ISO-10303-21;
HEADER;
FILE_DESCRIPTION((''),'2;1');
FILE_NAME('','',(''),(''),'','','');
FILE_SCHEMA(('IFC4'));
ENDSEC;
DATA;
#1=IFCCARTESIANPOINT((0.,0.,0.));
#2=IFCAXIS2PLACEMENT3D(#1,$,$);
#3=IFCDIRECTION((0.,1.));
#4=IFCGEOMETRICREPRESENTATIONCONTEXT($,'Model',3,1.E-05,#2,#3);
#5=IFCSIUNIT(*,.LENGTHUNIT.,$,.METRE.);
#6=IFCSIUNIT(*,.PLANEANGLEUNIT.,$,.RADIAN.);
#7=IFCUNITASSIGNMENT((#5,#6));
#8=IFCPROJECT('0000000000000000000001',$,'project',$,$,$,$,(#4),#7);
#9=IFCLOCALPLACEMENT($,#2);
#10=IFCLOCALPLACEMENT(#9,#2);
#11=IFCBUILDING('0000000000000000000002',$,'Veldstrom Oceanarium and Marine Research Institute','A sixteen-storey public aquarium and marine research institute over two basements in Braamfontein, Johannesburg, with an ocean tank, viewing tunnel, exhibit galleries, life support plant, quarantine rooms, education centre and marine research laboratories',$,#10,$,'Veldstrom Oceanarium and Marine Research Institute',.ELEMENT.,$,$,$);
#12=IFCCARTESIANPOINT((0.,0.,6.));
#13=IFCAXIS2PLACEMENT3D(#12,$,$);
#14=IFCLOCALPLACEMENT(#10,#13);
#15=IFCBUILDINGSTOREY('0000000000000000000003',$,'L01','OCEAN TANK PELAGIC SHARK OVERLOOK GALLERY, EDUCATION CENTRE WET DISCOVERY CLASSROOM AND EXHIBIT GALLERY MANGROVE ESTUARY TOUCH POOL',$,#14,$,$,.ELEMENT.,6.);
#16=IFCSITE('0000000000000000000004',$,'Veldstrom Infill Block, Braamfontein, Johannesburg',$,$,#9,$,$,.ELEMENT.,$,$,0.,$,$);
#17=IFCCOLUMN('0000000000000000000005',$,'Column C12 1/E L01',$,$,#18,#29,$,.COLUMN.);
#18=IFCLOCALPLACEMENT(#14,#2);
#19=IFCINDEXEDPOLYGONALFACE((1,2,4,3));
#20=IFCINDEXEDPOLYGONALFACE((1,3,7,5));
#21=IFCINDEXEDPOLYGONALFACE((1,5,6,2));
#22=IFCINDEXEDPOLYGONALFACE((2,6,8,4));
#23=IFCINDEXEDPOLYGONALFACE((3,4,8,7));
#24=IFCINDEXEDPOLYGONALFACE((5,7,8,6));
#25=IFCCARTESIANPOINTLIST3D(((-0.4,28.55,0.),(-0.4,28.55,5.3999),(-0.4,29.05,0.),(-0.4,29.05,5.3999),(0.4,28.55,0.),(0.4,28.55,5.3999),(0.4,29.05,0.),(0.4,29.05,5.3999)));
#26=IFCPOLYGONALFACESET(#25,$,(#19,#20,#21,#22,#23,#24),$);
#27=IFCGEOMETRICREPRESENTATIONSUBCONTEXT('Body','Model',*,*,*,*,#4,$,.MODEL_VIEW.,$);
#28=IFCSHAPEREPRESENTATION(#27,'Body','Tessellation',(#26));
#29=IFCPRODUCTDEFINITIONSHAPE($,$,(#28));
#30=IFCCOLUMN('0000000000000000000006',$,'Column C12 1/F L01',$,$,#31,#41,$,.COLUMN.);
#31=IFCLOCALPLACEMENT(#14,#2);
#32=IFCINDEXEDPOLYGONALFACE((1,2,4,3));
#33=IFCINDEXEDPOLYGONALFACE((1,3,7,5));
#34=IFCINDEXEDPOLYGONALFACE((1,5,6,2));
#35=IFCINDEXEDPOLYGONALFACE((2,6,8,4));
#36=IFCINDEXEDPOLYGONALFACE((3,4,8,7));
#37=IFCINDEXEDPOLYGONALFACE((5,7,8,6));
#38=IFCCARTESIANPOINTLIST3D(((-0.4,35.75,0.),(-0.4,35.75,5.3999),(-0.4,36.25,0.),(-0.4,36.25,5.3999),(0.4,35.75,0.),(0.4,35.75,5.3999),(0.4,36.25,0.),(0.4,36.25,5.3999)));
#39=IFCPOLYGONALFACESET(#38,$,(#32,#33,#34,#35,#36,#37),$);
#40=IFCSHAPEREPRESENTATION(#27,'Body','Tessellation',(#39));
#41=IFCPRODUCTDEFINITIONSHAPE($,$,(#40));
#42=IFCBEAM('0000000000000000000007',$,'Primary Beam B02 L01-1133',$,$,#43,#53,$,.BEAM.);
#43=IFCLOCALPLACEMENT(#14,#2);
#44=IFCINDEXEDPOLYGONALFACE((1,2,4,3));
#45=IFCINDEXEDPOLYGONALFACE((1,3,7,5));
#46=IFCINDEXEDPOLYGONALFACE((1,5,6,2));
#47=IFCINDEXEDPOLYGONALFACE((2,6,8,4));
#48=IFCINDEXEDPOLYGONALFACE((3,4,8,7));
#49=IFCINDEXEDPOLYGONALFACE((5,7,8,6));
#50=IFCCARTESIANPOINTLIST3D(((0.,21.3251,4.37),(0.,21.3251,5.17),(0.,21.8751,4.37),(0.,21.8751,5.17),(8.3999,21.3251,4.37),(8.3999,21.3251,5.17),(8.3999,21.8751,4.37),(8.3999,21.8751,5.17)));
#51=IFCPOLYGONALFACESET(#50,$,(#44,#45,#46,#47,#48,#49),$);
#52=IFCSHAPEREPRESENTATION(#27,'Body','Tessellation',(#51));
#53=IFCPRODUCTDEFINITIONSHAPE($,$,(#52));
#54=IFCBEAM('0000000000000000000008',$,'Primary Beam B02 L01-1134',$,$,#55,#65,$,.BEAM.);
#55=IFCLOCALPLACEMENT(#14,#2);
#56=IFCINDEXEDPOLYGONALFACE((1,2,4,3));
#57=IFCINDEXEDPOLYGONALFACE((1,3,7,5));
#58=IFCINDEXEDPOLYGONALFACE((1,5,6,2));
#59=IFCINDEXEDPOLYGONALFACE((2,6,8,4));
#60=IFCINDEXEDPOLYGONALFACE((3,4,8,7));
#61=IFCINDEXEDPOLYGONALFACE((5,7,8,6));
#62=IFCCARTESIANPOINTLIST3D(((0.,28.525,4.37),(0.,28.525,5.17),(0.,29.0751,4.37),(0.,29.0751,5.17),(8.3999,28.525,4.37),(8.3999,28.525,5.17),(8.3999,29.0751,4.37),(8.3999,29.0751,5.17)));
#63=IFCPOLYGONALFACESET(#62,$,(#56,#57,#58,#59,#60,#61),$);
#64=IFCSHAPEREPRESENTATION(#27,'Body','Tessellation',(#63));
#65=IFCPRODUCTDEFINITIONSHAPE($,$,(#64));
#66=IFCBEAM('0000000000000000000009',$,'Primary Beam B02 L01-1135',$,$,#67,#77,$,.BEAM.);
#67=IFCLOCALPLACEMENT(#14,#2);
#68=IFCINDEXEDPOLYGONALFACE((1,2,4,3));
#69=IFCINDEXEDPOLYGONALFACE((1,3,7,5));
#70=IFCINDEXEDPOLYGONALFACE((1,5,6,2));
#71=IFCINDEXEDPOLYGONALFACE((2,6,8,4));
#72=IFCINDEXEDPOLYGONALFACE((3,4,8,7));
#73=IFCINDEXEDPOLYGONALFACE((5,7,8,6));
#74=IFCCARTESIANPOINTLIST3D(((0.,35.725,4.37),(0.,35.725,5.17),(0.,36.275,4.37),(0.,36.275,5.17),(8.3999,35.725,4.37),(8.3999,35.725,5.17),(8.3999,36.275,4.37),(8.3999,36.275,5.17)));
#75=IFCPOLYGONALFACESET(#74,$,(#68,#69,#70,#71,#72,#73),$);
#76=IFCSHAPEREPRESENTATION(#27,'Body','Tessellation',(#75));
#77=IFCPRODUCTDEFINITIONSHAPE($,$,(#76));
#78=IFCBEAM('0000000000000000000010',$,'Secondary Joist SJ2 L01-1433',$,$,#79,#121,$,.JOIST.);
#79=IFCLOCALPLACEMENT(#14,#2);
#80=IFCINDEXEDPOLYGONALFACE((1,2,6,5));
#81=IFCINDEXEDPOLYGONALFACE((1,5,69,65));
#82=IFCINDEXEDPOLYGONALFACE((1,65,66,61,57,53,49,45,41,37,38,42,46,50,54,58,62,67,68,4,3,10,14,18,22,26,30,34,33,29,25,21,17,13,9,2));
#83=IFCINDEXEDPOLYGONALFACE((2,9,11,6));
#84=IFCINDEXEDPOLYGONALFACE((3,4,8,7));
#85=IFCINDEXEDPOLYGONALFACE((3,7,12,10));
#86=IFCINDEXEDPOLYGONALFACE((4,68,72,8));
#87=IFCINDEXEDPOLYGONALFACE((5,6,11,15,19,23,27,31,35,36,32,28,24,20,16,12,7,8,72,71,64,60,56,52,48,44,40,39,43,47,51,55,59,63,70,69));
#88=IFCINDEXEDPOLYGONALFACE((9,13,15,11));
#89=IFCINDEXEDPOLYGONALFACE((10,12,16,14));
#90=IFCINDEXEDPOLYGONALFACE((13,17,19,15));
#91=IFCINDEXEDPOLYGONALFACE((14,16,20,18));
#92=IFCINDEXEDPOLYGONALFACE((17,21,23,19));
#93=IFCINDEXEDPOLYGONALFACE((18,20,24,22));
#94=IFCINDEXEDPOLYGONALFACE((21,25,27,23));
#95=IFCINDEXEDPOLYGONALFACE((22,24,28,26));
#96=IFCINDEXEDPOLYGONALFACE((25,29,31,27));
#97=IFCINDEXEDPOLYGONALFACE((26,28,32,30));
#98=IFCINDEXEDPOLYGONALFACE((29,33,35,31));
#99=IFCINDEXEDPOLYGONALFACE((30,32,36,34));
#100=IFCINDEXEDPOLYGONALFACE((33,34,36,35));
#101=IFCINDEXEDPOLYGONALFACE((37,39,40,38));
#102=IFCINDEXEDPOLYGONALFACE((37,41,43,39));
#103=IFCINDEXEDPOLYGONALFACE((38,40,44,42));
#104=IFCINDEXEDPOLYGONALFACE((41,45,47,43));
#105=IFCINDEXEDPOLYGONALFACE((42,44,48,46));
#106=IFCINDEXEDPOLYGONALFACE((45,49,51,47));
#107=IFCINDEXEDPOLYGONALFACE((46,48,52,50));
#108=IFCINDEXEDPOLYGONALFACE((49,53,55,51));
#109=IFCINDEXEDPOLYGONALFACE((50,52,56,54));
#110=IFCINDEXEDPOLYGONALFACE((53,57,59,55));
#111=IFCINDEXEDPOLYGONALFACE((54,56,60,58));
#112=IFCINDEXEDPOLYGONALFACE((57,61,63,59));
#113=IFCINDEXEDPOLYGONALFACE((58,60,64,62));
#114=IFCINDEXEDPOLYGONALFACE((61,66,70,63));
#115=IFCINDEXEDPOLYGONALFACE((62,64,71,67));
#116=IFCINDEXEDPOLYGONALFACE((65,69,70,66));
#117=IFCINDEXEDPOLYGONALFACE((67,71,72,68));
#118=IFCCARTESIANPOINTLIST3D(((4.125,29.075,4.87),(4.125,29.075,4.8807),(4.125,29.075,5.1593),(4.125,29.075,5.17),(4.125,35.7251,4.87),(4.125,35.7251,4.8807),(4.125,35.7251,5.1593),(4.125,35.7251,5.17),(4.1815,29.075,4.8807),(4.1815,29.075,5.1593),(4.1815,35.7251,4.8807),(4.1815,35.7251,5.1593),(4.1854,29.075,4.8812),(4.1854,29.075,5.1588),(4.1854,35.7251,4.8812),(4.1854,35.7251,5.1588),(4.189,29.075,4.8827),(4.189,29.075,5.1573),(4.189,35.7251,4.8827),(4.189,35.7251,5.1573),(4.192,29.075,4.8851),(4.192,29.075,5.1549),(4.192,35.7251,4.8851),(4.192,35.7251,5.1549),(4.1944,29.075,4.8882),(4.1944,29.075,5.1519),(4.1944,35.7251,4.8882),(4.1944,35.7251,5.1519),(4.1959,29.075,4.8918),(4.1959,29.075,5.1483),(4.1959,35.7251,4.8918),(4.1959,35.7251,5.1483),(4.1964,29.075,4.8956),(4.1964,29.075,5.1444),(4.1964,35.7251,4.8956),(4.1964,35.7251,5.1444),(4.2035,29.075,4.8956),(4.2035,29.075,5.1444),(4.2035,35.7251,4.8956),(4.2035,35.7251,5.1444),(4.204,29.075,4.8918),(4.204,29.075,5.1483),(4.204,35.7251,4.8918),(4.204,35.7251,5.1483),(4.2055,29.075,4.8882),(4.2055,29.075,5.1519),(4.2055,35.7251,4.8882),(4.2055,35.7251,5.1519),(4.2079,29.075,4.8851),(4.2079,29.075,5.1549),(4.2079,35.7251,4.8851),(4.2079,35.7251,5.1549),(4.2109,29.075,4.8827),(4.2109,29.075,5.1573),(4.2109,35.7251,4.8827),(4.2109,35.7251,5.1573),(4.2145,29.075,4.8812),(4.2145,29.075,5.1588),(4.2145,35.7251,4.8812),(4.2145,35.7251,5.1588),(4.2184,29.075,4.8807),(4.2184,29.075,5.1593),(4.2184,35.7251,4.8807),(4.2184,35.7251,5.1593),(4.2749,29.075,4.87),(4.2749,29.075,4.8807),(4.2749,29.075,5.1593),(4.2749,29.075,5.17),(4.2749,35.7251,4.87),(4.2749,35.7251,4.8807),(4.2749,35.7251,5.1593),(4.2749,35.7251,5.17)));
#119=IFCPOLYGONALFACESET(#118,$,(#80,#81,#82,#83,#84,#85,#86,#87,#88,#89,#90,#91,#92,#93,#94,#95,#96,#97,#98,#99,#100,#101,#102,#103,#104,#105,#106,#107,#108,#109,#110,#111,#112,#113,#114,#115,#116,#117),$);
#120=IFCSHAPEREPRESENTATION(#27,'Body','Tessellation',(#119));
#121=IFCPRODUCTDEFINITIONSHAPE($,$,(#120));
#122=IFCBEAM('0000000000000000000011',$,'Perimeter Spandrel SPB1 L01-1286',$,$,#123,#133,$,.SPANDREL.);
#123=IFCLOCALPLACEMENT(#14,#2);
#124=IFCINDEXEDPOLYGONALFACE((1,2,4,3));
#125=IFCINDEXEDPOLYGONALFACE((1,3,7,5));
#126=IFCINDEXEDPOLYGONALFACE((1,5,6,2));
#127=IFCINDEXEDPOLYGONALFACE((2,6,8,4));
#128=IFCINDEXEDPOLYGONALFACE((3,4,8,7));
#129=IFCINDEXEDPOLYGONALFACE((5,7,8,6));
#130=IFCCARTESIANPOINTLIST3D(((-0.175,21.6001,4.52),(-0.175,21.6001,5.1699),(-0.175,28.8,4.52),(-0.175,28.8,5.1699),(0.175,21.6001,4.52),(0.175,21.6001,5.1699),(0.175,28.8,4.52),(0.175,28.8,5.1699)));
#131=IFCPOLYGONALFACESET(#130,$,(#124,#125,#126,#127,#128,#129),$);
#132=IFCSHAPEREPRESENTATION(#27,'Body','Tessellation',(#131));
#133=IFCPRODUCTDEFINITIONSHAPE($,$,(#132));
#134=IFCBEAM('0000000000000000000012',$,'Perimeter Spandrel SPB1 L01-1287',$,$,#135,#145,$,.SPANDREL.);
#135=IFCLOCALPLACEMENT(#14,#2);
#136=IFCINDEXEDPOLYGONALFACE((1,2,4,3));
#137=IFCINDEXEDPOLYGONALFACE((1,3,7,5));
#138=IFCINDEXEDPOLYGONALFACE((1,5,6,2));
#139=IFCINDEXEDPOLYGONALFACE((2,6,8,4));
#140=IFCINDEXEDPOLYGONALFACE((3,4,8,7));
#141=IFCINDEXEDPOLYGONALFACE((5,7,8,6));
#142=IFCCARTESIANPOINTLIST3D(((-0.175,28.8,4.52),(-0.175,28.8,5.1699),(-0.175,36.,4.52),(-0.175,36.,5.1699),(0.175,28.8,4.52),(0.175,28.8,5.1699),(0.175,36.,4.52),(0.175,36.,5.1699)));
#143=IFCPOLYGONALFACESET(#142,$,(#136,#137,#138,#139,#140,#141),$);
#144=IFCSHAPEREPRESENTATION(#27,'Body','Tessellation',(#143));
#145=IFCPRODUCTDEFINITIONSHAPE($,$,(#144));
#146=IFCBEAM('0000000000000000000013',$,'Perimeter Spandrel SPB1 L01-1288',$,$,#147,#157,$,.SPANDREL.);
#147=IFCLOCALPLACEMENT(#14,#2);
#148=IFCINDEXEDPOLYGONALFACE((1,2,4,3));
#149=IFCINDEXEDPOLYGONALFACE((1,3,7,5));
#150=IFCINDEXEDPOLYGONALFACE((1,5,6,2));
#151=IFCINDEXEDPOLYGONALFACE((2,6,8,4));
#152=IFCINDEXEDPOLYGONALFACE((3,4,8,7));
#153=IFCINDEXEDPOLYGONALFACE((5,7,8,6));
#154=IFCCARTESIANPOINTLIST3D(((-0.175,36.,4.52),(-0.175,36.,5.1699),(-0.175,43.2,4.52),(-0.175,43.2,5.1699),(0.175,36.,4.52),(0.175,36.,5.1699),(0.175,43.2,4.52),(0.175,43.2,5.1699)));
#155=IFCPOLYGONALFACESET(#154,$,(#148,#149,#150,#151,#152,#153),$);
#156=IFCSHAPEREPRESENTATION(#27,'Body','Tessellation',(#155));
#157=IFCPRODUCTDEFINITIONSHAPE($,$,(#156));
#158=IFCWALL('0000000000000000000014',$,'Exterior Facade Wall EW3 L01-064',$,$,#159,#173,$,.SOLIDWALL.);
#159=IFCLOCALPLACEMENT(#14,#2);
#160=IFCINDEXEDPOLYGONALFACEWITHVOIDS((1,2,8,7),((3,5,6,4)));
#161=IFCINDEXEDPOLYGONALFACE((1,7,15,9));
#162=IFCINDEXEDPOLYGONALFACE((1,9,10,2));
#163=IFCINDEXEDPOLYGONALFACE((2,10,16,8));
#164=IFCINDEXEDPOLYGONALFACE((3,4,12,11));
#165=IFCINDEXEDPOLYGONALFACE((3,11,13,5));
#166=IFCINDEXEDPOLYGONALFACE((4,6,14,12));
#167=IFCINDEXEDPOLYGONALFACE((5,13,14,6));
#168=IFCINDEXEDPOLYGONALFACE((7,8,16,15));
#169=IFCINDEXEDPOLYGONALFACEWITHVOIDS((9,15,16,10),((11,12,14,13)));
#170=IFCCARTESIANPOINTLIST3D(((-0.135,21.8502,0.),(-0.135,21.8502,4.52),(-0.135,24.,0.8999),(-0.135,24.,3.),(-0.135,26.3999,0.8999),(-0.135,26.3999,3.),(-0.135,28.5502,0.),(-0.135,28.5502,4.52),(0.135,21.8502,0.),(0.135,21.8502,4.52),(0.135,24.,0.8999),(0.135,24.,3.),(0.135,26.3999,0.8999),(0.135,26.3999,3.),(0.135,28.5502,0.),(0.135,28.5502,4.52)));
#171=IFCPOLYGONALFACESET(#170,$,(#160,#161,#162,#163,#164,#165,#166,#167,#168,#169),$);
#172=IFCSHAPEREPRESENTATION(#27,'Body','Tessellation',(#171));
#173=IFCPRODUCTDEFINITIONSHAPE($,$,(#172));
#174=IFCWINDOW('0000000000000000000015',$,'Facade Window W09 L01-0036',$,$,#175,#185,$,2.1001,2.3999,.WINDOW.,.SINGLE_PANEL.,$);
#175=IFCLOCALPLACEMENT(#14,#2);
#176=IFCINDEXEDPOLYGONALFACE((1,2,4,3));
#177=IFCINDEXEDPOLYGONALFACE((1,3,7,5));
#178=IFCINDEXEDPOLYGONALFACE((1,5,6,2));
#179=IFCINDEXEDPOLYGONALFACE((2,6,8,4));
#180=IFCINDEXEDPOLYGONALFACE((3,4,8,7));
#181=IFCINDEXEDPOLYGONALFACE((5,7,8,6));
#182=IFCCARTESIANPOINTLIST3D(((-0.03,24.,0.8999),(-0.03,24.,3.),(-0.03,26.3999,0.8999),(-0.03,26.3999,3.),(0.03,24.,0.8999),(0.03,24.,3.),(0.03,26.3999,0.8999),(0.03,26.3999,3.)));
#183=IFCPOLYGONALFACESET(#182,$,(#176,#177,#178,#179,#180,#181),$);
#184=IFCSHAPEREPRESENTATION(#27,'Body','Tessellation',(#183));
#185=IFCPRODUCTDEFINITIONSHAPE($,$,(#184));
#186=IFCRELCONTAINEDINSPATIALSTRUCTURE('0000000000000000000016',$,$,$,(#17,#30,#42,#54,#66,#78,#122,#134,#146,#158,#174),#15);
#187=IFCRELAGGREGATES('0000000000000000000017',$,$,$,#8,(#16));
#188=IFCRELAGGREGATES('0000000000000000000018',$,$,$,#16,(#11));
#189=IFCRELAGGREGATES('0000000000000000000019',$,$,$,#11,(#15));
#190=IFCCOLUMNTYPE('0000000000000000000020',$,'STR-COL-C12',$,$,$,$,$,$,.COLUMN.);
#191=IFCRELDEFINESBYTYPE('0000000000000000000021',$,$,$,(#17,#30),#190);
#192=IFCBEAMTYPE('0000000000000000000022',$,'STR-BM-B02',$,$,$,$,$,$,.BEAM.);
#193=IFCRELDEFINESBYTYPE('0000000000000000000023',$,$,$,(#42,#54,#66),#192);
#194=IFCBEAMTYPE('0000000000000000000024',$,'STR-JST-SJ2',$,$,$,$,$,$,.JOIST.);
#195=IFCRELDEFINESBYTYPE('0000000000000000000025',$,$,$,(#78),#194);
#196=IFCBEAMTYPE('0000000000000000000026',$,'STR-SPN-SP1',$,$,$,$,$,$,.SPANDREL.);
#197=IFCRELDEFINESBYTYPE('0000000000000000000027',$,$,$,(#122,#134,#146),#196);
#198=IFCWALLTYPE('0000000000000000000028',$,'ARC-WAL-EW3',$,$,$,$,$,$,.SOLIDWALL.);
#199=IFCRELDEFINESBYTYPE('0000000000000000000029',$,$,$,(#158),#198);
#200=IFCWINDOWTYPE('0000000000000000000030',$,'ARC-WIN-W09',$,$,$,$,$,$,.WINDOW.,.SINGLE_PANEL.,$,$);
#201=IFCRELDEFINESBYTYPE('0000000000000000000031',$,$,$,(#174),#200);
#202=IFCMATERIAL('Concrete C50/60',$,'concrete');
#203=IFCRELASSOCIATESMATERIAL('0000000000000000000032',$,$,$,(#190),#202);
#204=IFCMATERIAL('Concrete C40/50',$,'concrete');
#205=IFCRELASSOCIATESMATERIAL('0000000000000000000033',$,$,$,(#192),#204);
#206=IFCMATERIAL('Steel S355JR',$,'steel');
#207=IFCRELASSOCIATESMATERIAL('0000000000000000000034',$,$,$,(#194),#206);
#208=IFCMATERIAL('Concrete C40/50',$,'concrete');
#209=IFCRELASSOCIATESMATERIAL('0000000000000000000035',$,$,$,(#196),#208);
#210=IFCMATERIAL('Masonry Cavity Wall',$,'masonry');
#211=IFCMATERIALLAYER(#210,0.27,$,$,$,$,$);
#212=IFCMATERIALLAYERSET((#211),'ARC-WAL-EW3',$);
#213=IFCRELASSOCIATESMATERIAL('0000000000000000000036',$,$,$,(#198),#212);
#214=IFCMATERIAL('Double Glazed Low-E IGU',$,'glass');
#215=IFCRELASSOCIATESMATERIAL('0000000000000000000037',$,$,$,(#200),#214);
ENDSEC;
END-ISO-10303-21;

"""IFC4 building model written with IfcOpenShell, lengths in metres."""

from ifc_helpers import new_model, si_unit, direction, frame, frame_2d, origin, origin_2d, place, context, subcontext, project, spatial, rectangle, i_section, extrude, material, layer, layer_set, material_profile, profile_set, type_object, element, fill, save


model = new_model("IFC4")

# Units and contexts
model_context = context("Model", 3, precision=1e-05, world=origin(), true_north=direction((0.0, 1.0)))
body_context = subcontext(model_context, "Body", "Model", "MODEL_VIEW")
ifc_project = project(units=[si_unit("LENGTHUNIT", "METRE"), si_unit("PLANEANGLEUNIT", "RADIAN")], contexts=[model_context])

# Site, building, storey
site_placement = place(None, origin())
site = spatial("IfcSite", under=ifc_project, at=site_placement, Name="Veldstrom Infill Block, Braamfontein, Johannesburg", CompositionType="ELEMENT", RefElevation=0.0)
building_placement = place(site_placement, origin())
building = spatial("IfcBuilding", under=site, at=building_placement, Name="Veldstrom Oceanarium and Marine Research Institute", Description="A sixteen-storey public aquarium and marine research institute over two basements in Braamfontein, Johannesburg, with an ocean tank, viewing tunnel, exhibit galleries, life support plant, quarantine rooms, education centre and marine research laboratories", LongName="Veldstrom Oceanarium and Marine Research Institute", CompositionType="ELEMENT")
storey_placement = place(building_placement, frame((0.0, 0.0, 6.0)))
storey = spatial("IfcBuildingStorey", under=building, at=storey_placement, Name="L01", Description="OCEAN TANK PELAGIC SHARK OVERLOOK GALLERY, EDUCATION CENTRE WET DISCOVERY CLASSROOM AND EXHIBIT GALLERY MANGROVE ESTUARY TOUCH POOL", CompositionType="ELEMENT", Elevation=6.0)

# Columns
ifc_material_1 = material(Name="Concrete C50/60", Category="concrete")
ifc_material_profile_1 = material_profile(ifc_material_1, rectangle(XDim=0.5, YDim=0.8, at=origin_2d()), Name="RC-COL-800x500")
ifc_profile_set_1 = profile_set([ifc_material_profile_1], Name="Concrete C50/60")
column_type = type_object("IfcColumnType", Name="STR-COL-C12", PredefinedType="COLUMN", material=ifc_profile_set_1)
for number, where, z_axis, x_axis, name in (
    (1, (0.0, 28.8, 0.0), (0.0, 0.0, 1.0), (0.0, 1.0, 0.0), "Column C12 1/E L01"),
    (2, (0.0, 36.0, 0.0), (0.0, 0.0, 1.0), (0.0, 1.0, 0.0), "Column C12 1/F L01"),
):
    element("IfcColumn", number, at=place(storey_placement, frame(where, z_axis=z_axis, x_axis=x_axis)), inside=storey, type_object=column_type, Name=name, PredefinedType="COLUMN", context=body_context, shape_type="SweptSolid", body=[
        extrude(rectangle(XDim=0.5, YDim=0.8, at=origin_2d()), origin(), (0.0, 0.0, 1.0), 5.3999),
    ])

# Beams
ifc_material_2 = material(Name="Concrete C40/50", Category="concrete")
ifc_material_profile_2 = material_profile(ifc_material_2, rectangle(XDim=0.55, YDim=0.8, at=origin_2d()), Name="RC-BM-550x800")
ifc_profile_set_2 = profile_set([ifc_material_profile_2], Name="Concrete C40/50")
beam_type_1 = type_object("IfcBeamType", Name="STR-BM-B02", PredefinedType="BEAM", material=ifc_profile_set_2)
for number, where, z_axis, x_axis, name in (
    (3, (0.0, 21.6001, 4.77), (1.0, 0.0, 0.0), (0.0, 1.0, 0.0), "Primary Beam B02 L01-1133"),
    (4, (0.0, 28.8, 4.77), (1.0, 0.0, 0.0), (0.0, 1.0, 0.0), "Primary Beam B02 L01-1134"),
    (5, (0.0, 36.0, 4.77), (1.0, 0.0, 0.0), (0.0, 1.0, 0.0), "Primary Beam B02 L01-1135"),
):
    element("IfcBeam", number, at=place(storey_placement, frame(where, z_axis=z_axis, x_axis=x_axis)), inside=storey, type_object=beam_type_1, Name=name, PredefinedType="BEAM", context=body_context, shape_type="SweptSolid", body=[
        extrude(rectangle(XDim=0.55, YDim=0.8, at=origin_2d()), origin(), (0.0, 0.0, 1.0), 8.3999),
    ])
ifc_material_3 = material(Name="Steel S355JR", Category="steel")
ifc_material_profile_3 = material_profile(ifc_material_3, i_section(OverallWidth=0.1499, OverallDepth=0.3, WebThickness=0.0071, FlangeThickness=0.0107, FilletRadius=0.0149, at=origin_2d()), Name="IPE 300")
ifc_profile_set_3 = profile_set([ifc_material_profile_3], Name="Steel S355JR")
beam_type_2 = type_object("IfcBeamType", Name="STR-JST-SJ2", PredefinedType="JOIST", material=ifc_profile_set_3)
beam_placement = place(storey_placement, frame((4.2, 29.075, 5.02), z_axis=(0.0, 1.0, 0.0), x_axis=(-1.0, 0.0, 0.0)))
element("IfcBeam", 6, at=beam_placement, inside=storey, type_object=beam_type_2, Name="Secondary Joist SJ2 L01-1433", PredefinedType="JOIST", context=body_context, shape_type="SweptSolid", body=[
    extrude(i_section(OverallWidth=0.1499, OverallDepth=0.3, WebThickness=0.0071, FlangeThickness=0.0107, FilletRadius=0.0149, at=origin_2d()), origin(), (0.0, 0.0, 1.0), 6.6501),
])
ifc_material_4 = material(Name="Concrete C40/50", Category="concrete")
ifc_material_profile_4 = material_profile(ifc_material_4, rectangle(XDim=0.3501, YDim=0.6499, at=origin_2d()), Name="RC-SPN-350x650")
ifc_profile_set_4 = profile_set([ifc_material_profile_4], Name="Concrete C40/50")
beam_type_3 = type_object("IfcBeamType", Name="STR-SPN-SP1", PredefinedType="SPANDREL", material=ifc_profile_set_4)
for number, where, z_axis, x_axis, name in (
    (7, (0.0, 21.6001, 4.845), (0.0, 1.0, 0.0), (-1.0, 0.0, 0.0), "Perimeter Spandrel SPB1 L01-1286"),
    (8, (0.0, 28.8, 4.845), (0.0, 1.0, 0.0), (-1.0, 0.0, 0.0), "Perimeter Spandrel SPB1 L01-1287"),
    (9, (0.0, 36.0, 4.845), (0.0, 1.0, 0.0), (-1.0, 0.0, 0.0), "Perimeter Spandrel SPB1 L01-1288"),
):
    element("IfcBeam", number, at=place(storey_placement, frame(where, z_axis=z_axis, x_axis=x_axis)), inside=storey, type_object=beam_type_3, Name=name, PredefinedType="SPANDREL", context=body_context, shape_type="SweptSolid", body=[
        extrude(rectangle(XDim=0.3501, YDim=0.6499, at=origin_2d()), origin(), (0.0, 0.0, 1.0), 7.2),
    ])

# Wall, opening, window
ifc_material_5 = material(Name="Masonry Cavity Wall", Category="masonry")
ifc_layer_1 = layer(ifc_material_5, 0.27)
ifc_layer_set_1 = layer_set([ifc_layer_1], Name="ARC-WAL-EW3")
wall_type_1 = type_object("IfcWallType", Name="ARC-WAL-EW3", PredefinedType="SOLIDWALL", material=ifc_layer_set_1)
wall_1_placement = place(storey_placement, frame((0.0, 21.8501, 0.0), z_axis=(0.0, 0.0, 1.0), x_axis=(0.0, 1.0, 0.0)))
wall_1 = element("IfcWall", 10, at=wall_1_placement, inside=storey, type_object=wall_type_1, Name="Exterior Facade Wall EW3 L01-064", PredefinedType="SOLIDWALL", context=body_context, shape_type="SweptSolid", body=[
    extrude(rectangle(XDim=6.7, YDim=0.27, at=frame_2d((3.3501, 0.0))), origin(), (0.0, 0.0, 1.0), 4.52),
])
opening_1_placement = place(wall_1_placement, frame((2.1499, 0.0, 0.8999)))
opening_1 = element("IfcOpeningElement", 11, at=opening_1_placement, cuts=wall_1, PredefinedType="OPENING", context=body_context, shape_type="SweptSolid", body=[
    extrude(rectangle(XDim=2.3999, YDim=2.1001, at=frame_2d((1.2, 1.05))), frame((0.0, 0.145, 0.0), z_axis=(0.0, -1.0, 0.0), x_axis=(1.0, 0.0, 0.0)), (0.0, 0.0, 1.0), 0.29),
])
ifc_material_6 = material(Name="Double Glazed Low-E IGU", Category="glass")
window_type_1 = type_object("IfcWindowType", Name="ARC-WIN-W09", PartitioningType="SINGLE_PANEL", PredefinedType="WINDOW", material=ifc_material_6)
window_1_placement = place(opening_1_placement, origin())
window_1 = element("IfcWindow", 12, at=window_1_placement, inside=storey, type_object=window_type_1, Name="Facade Window W09 L01-0036", OverallHeight=2.1001, OverallWidth=2.3999, PartitioningType="SINGLE_PANEL", PredefinedType="WINDOW", context=body_context, shape_type="SweptSolid", body=[
    extrude(rectangle(XDim=2.3999, YDim=2.1001, at=frame_2d((1.2, 1.05))), frame((0.0, 0.03, 0.0), z_axis=(0.0, -1.0, 0.0), x_axis=(1.0, 0.0, 0.0)), (0.0, 0.0, 1.0), 0.0601),
])
fill(opening_1, window_1)

save(model, "model.ifc")
